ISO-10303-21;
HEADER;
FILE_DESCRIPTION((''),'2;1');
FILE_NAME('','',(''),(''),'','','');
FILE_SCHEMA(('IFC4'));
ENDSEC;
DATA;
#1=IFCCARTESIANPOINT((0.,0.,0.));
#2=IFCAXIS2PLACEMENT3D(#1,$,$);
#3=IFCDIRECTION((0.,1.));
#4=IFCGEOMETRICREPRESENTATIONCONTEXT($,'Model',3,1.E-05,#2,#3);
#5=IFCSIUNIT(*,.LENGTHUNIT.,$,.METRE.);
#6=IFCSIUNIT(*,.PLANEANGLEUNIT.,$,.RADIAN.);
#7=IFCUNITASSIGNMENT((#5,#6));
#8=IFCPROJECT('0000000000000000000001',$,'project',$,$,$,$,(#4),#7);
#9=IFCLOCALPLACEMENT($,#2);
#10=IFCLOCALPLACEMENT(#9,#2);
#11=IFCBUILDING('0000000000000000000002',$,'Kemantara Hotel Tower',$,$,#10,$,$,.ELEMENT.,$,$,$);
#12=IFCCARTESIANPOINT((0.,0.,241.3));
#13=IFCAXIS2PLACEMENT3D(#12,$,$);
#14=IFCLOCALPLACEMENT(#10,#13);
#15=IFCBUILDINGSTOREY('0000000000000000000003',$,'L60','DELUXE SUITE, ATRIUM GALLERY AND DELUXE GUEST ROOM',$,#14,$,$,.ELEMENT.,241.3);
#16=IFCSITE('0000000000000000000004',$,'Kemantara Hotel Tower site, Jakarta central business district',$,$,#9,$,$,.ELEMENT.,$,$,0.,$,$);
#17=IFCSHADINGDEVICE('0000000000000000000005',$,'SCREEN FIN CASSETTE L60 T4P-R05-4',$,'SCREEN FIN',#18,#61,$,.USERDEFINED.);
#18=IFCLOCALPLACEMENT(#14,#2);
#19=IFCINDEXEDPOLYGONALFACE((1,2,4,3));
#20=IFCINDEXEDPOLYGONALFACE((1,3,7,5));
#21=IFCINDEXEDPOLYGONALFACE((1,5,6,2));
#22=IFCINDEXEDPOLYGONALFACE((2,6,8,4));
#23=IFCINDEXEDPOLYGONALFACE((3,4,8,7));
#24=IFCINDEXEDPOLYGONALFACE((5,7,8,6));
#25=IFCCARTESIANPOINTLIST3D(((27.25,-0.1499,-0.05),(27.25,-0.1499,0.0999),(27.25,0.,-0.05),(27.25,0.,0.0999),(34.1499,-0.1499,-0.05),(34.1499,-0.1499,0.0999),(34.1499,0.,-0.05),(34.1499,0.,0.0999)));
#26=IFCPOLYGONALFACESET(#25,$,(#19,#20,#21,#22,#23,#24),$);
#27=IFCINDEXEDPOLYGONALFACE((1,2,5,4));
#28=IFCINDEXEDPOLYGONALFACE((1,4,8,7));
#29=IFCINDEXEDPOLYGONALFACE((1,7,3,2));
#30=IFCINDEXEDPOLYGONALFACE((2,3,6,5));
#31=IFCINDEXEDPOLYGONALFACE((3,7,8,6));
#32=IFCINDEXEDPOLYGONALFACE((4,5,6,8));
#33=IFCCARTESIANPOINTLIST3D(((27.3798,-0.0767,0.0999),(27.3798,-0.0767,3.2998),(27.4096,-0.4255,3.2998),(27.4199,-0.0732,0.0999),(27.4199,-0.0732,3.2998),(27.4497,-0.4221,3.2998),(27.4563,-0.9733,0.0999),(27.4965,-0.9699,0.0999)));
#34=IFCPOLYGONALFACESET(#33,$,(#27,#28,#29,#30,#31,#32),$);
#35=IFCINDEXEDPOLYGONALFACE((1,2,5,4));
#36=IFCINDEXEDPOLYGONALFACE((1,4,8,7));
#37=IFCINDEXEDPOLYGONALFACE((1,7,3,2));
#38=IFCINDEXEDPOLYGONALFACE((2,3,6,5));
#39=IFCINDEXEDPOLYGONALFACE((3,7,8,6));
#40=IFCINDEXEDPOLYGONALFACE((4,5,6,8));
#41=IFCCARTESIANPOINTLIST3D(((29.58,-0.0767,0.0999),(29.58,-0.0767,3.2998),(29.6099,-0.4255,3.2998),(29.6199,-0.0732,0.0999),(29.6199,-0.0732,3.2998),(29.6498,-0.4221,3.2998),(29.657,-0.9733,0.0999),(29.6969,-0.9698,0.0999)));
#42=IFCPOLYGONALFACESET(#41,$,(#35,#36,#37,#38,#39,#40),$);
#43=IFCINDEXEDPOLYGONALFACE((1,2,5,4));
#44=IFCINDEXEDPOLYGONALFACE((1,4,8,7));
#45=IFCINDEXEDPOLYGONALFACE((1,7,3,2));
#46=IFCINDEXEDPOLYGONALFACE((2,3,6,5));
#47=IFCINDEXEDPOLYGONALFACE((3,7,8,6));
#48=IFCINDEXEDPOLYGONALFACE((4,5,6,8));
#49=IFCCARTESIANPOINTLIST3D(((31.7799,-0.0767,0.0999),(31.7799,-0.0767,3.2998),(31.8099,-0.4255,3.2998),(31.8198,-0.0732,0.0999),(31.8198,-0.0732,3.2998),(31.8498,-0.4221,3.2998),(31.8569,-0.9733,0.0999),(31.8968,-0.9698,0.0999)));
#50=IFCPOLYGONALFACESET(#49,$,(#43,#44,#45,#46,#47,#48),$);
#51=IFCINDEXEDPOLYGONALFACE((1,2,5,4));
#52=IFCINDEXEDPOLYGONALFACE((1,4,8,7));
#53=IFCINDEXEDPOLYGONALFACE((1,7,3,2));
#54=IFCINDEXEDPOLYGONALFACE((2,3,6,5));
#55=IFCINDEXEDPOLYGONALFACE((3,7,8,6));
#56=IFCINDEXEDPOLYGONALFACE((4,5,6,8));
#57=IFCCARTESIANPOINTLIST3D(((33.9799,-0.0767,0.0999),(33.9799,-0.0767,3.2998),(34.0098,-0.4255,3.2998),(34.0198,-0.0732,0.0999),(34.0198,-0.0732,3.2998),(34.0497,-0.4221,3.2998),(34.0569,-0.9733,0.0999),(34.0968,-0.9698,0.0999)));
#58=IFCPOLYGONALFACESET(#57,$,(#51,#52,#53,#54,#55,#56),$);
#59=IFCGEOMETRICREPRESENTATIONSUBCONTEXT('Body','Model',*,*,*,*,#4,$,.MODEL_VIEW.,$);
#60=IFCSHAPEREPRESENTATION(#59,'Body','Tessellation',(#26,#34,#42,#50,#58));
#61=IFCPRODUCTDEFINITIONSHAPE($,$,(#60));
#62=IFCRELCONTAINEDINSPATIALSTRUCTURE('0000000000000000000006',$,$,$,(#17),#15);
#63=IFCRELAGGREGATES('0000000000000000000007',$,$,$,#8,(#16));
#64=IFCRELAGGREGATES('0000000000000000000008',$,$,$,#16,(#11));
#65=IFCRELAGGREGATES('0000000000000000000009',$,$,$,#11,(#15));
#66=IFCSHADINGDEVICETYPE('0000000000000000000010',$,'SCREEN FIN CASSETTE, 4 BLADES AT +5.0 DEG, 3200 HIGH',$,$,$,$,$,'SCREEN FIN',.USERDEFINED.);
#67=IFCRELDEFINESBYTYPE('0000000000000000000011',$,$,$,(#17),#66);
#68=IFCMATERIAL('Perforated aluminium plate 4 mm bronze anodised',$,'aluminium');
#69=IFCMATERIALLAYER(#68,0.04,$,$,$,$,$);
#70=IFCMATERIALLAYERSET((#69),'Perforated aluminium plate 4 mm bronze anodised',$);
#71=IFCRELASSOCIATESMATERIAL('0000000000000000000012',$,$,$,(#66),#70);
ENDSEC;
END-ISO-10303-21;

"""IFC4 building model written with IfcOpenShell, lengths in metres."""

from ifc_helpers import new_model, si_unit, direction, frame, origin, origin_2d, place, context, subcontext, project, spatial, polyline, rectangle, outline, extrude, source, transform, mapped, material, layer, layer_set, type_object, element, save


model = new_model("IFC4")

# Units and contexts
model_context = context("Model", 3, precision=1e-05, world=origin(), true_north=direction((0.0, 1.0)))
body_context = subcontext(model_context, "Body", "Model", "MODEL_VIEW")
ifc_project = project(units=[si_unit("LENGTHUNIT", "METRE"), si_unit("PLANEANGLEUNIT", "RADIAN")], contexts=[model_context])

# Site, building, storey
site_placement = place(None, origin())
site = spatial("IfcSite", under=ifc_project, at=site_placement, Name="Kemantara Hotel Tower site, Jakarta central business district", CompositionType="ELEMENT", RefElevation=0.0)
building_placement = place(site_placement, origin())
building = spatial("IfcBuilding", under=site, at=building_placement, Name="Kemantara Hotel Tower", CompositionType="ELEMENT")
storey_placement = place(building_placement, frame((0.0, 0.0, 241.3)))
storey = spatial("IfcBuildingStorey", under=building, at=storey_placement, Name="L60", Description="DELUXE SUITE, ATRIUM GALLERY AND DELUXE GUEST ROOM", CompositionType="ELEMENT", Elevation=241.3)

# Shading device
ifc_material_1 = material(Name="Perforated aluminium plate 4 mm bronze anodised", Category="aluminium")
ifc_layer_1 = layer(ifc_material_1, 0.04)
ifc_layer_set_1 = layer_set([ifc_layer_1], Name="Perforated aluminium plate 4 mm bronze anodised")
shading_device_type_1 = type_object("IfcShadingDeviceType", Name="SCREEN FIN CASSETTE, 4 BLADES AT +5.0 DEG, 3200 HIGH", ElementType="SCREEN FIN", PredefinedType="USERDEFINED", material=ifc_layer_set_1)
shared_shape_1 = source(origin(), body_context, "Body", "SweptSolid", [
    extrude(rectangle(XDim=6.8999, YDim=0.1499, at=origin_2d()), frame((3.3, -0.075, -0.1499), z_axis=(0.0, 0.0, 1.0), x_axis=(1.0, 0.0, 0.0)), (0.0, 0.0, 1.0), 0.1499),
    extrude(outline(polyline([(0.0, 0.0), (0.8999, 0.0), (0.3501, 3.2), (0.0, 3.2), (0.0, 0.0)])), frame((0.02, -0.0732, 0.0), z_axis=(-0.996376, -0.085056, 0.0), x_axis=(0.085056, -0.996376, 0.0)), (0.0, 0.0, 1.0), 0.0403),
    extrude(outline(polyline([(0.0, 0.0), (0.8999, 0.0), (0.3501, 3.2), (0.0, 3.2), (0.0, 0.0)])), frame((2.22, -0.0732, 0.0), z_axis=(-0.996332, -0.085575, 0.0), x_axis=(0.085575, -0.996332, 0.0)), (0.0, 0.0, 1.0), 0.04),
    extrude(outline(polyline([(0.0, 0.0), (0.8999, 0.0), (0.3501, 3.2), (0.0, 3.2), (0.0, 0.0)])), frame((4.4199, -0.0732, 0.0), z_axis=(-0.996332, -0.085575, 0.0), x_axis=(0.085575, -0.996332, 0.0)), (0.0, 0.0, 1.0), 0.04),
    extrude(outline(polyline([(0.0, 0.0), (0.8999, 0.0), (0.3501, 3.2), (0.0, 3.2), (0.0, 0.0)])), frame((6.6199, -0.0732, 0.0), z_axis=(-0.996332, -0.085575, 0.0), x_axis=(0.085575, -0.996332, 0.0)), (0.0, 0.0, 1.0), 0.04),
])
shading_device_1_placement = place(storey_placement, frame((27.3999, 0.0, 0.0999), z_axis=(0.0, 0.0, 1.0), x_axis=(1.0, 0.0, 0.0)))
element("IfcShadingDevice", 1, at=shading_device_1_placement, inside=storey, type_object=shading_device_type_1, Name="SCREEN FIN CASSETTE L60 T4P-R05-4", ObjectType="SCREEN FIN", PredefinedType="USERDEFINED", context=body_context, shape_type="MappedRepresentation", body=[
    mapped(shared_shape_1, transform((0.0, 0.0, 0.0))),
])

save(model, "model.ifc")
